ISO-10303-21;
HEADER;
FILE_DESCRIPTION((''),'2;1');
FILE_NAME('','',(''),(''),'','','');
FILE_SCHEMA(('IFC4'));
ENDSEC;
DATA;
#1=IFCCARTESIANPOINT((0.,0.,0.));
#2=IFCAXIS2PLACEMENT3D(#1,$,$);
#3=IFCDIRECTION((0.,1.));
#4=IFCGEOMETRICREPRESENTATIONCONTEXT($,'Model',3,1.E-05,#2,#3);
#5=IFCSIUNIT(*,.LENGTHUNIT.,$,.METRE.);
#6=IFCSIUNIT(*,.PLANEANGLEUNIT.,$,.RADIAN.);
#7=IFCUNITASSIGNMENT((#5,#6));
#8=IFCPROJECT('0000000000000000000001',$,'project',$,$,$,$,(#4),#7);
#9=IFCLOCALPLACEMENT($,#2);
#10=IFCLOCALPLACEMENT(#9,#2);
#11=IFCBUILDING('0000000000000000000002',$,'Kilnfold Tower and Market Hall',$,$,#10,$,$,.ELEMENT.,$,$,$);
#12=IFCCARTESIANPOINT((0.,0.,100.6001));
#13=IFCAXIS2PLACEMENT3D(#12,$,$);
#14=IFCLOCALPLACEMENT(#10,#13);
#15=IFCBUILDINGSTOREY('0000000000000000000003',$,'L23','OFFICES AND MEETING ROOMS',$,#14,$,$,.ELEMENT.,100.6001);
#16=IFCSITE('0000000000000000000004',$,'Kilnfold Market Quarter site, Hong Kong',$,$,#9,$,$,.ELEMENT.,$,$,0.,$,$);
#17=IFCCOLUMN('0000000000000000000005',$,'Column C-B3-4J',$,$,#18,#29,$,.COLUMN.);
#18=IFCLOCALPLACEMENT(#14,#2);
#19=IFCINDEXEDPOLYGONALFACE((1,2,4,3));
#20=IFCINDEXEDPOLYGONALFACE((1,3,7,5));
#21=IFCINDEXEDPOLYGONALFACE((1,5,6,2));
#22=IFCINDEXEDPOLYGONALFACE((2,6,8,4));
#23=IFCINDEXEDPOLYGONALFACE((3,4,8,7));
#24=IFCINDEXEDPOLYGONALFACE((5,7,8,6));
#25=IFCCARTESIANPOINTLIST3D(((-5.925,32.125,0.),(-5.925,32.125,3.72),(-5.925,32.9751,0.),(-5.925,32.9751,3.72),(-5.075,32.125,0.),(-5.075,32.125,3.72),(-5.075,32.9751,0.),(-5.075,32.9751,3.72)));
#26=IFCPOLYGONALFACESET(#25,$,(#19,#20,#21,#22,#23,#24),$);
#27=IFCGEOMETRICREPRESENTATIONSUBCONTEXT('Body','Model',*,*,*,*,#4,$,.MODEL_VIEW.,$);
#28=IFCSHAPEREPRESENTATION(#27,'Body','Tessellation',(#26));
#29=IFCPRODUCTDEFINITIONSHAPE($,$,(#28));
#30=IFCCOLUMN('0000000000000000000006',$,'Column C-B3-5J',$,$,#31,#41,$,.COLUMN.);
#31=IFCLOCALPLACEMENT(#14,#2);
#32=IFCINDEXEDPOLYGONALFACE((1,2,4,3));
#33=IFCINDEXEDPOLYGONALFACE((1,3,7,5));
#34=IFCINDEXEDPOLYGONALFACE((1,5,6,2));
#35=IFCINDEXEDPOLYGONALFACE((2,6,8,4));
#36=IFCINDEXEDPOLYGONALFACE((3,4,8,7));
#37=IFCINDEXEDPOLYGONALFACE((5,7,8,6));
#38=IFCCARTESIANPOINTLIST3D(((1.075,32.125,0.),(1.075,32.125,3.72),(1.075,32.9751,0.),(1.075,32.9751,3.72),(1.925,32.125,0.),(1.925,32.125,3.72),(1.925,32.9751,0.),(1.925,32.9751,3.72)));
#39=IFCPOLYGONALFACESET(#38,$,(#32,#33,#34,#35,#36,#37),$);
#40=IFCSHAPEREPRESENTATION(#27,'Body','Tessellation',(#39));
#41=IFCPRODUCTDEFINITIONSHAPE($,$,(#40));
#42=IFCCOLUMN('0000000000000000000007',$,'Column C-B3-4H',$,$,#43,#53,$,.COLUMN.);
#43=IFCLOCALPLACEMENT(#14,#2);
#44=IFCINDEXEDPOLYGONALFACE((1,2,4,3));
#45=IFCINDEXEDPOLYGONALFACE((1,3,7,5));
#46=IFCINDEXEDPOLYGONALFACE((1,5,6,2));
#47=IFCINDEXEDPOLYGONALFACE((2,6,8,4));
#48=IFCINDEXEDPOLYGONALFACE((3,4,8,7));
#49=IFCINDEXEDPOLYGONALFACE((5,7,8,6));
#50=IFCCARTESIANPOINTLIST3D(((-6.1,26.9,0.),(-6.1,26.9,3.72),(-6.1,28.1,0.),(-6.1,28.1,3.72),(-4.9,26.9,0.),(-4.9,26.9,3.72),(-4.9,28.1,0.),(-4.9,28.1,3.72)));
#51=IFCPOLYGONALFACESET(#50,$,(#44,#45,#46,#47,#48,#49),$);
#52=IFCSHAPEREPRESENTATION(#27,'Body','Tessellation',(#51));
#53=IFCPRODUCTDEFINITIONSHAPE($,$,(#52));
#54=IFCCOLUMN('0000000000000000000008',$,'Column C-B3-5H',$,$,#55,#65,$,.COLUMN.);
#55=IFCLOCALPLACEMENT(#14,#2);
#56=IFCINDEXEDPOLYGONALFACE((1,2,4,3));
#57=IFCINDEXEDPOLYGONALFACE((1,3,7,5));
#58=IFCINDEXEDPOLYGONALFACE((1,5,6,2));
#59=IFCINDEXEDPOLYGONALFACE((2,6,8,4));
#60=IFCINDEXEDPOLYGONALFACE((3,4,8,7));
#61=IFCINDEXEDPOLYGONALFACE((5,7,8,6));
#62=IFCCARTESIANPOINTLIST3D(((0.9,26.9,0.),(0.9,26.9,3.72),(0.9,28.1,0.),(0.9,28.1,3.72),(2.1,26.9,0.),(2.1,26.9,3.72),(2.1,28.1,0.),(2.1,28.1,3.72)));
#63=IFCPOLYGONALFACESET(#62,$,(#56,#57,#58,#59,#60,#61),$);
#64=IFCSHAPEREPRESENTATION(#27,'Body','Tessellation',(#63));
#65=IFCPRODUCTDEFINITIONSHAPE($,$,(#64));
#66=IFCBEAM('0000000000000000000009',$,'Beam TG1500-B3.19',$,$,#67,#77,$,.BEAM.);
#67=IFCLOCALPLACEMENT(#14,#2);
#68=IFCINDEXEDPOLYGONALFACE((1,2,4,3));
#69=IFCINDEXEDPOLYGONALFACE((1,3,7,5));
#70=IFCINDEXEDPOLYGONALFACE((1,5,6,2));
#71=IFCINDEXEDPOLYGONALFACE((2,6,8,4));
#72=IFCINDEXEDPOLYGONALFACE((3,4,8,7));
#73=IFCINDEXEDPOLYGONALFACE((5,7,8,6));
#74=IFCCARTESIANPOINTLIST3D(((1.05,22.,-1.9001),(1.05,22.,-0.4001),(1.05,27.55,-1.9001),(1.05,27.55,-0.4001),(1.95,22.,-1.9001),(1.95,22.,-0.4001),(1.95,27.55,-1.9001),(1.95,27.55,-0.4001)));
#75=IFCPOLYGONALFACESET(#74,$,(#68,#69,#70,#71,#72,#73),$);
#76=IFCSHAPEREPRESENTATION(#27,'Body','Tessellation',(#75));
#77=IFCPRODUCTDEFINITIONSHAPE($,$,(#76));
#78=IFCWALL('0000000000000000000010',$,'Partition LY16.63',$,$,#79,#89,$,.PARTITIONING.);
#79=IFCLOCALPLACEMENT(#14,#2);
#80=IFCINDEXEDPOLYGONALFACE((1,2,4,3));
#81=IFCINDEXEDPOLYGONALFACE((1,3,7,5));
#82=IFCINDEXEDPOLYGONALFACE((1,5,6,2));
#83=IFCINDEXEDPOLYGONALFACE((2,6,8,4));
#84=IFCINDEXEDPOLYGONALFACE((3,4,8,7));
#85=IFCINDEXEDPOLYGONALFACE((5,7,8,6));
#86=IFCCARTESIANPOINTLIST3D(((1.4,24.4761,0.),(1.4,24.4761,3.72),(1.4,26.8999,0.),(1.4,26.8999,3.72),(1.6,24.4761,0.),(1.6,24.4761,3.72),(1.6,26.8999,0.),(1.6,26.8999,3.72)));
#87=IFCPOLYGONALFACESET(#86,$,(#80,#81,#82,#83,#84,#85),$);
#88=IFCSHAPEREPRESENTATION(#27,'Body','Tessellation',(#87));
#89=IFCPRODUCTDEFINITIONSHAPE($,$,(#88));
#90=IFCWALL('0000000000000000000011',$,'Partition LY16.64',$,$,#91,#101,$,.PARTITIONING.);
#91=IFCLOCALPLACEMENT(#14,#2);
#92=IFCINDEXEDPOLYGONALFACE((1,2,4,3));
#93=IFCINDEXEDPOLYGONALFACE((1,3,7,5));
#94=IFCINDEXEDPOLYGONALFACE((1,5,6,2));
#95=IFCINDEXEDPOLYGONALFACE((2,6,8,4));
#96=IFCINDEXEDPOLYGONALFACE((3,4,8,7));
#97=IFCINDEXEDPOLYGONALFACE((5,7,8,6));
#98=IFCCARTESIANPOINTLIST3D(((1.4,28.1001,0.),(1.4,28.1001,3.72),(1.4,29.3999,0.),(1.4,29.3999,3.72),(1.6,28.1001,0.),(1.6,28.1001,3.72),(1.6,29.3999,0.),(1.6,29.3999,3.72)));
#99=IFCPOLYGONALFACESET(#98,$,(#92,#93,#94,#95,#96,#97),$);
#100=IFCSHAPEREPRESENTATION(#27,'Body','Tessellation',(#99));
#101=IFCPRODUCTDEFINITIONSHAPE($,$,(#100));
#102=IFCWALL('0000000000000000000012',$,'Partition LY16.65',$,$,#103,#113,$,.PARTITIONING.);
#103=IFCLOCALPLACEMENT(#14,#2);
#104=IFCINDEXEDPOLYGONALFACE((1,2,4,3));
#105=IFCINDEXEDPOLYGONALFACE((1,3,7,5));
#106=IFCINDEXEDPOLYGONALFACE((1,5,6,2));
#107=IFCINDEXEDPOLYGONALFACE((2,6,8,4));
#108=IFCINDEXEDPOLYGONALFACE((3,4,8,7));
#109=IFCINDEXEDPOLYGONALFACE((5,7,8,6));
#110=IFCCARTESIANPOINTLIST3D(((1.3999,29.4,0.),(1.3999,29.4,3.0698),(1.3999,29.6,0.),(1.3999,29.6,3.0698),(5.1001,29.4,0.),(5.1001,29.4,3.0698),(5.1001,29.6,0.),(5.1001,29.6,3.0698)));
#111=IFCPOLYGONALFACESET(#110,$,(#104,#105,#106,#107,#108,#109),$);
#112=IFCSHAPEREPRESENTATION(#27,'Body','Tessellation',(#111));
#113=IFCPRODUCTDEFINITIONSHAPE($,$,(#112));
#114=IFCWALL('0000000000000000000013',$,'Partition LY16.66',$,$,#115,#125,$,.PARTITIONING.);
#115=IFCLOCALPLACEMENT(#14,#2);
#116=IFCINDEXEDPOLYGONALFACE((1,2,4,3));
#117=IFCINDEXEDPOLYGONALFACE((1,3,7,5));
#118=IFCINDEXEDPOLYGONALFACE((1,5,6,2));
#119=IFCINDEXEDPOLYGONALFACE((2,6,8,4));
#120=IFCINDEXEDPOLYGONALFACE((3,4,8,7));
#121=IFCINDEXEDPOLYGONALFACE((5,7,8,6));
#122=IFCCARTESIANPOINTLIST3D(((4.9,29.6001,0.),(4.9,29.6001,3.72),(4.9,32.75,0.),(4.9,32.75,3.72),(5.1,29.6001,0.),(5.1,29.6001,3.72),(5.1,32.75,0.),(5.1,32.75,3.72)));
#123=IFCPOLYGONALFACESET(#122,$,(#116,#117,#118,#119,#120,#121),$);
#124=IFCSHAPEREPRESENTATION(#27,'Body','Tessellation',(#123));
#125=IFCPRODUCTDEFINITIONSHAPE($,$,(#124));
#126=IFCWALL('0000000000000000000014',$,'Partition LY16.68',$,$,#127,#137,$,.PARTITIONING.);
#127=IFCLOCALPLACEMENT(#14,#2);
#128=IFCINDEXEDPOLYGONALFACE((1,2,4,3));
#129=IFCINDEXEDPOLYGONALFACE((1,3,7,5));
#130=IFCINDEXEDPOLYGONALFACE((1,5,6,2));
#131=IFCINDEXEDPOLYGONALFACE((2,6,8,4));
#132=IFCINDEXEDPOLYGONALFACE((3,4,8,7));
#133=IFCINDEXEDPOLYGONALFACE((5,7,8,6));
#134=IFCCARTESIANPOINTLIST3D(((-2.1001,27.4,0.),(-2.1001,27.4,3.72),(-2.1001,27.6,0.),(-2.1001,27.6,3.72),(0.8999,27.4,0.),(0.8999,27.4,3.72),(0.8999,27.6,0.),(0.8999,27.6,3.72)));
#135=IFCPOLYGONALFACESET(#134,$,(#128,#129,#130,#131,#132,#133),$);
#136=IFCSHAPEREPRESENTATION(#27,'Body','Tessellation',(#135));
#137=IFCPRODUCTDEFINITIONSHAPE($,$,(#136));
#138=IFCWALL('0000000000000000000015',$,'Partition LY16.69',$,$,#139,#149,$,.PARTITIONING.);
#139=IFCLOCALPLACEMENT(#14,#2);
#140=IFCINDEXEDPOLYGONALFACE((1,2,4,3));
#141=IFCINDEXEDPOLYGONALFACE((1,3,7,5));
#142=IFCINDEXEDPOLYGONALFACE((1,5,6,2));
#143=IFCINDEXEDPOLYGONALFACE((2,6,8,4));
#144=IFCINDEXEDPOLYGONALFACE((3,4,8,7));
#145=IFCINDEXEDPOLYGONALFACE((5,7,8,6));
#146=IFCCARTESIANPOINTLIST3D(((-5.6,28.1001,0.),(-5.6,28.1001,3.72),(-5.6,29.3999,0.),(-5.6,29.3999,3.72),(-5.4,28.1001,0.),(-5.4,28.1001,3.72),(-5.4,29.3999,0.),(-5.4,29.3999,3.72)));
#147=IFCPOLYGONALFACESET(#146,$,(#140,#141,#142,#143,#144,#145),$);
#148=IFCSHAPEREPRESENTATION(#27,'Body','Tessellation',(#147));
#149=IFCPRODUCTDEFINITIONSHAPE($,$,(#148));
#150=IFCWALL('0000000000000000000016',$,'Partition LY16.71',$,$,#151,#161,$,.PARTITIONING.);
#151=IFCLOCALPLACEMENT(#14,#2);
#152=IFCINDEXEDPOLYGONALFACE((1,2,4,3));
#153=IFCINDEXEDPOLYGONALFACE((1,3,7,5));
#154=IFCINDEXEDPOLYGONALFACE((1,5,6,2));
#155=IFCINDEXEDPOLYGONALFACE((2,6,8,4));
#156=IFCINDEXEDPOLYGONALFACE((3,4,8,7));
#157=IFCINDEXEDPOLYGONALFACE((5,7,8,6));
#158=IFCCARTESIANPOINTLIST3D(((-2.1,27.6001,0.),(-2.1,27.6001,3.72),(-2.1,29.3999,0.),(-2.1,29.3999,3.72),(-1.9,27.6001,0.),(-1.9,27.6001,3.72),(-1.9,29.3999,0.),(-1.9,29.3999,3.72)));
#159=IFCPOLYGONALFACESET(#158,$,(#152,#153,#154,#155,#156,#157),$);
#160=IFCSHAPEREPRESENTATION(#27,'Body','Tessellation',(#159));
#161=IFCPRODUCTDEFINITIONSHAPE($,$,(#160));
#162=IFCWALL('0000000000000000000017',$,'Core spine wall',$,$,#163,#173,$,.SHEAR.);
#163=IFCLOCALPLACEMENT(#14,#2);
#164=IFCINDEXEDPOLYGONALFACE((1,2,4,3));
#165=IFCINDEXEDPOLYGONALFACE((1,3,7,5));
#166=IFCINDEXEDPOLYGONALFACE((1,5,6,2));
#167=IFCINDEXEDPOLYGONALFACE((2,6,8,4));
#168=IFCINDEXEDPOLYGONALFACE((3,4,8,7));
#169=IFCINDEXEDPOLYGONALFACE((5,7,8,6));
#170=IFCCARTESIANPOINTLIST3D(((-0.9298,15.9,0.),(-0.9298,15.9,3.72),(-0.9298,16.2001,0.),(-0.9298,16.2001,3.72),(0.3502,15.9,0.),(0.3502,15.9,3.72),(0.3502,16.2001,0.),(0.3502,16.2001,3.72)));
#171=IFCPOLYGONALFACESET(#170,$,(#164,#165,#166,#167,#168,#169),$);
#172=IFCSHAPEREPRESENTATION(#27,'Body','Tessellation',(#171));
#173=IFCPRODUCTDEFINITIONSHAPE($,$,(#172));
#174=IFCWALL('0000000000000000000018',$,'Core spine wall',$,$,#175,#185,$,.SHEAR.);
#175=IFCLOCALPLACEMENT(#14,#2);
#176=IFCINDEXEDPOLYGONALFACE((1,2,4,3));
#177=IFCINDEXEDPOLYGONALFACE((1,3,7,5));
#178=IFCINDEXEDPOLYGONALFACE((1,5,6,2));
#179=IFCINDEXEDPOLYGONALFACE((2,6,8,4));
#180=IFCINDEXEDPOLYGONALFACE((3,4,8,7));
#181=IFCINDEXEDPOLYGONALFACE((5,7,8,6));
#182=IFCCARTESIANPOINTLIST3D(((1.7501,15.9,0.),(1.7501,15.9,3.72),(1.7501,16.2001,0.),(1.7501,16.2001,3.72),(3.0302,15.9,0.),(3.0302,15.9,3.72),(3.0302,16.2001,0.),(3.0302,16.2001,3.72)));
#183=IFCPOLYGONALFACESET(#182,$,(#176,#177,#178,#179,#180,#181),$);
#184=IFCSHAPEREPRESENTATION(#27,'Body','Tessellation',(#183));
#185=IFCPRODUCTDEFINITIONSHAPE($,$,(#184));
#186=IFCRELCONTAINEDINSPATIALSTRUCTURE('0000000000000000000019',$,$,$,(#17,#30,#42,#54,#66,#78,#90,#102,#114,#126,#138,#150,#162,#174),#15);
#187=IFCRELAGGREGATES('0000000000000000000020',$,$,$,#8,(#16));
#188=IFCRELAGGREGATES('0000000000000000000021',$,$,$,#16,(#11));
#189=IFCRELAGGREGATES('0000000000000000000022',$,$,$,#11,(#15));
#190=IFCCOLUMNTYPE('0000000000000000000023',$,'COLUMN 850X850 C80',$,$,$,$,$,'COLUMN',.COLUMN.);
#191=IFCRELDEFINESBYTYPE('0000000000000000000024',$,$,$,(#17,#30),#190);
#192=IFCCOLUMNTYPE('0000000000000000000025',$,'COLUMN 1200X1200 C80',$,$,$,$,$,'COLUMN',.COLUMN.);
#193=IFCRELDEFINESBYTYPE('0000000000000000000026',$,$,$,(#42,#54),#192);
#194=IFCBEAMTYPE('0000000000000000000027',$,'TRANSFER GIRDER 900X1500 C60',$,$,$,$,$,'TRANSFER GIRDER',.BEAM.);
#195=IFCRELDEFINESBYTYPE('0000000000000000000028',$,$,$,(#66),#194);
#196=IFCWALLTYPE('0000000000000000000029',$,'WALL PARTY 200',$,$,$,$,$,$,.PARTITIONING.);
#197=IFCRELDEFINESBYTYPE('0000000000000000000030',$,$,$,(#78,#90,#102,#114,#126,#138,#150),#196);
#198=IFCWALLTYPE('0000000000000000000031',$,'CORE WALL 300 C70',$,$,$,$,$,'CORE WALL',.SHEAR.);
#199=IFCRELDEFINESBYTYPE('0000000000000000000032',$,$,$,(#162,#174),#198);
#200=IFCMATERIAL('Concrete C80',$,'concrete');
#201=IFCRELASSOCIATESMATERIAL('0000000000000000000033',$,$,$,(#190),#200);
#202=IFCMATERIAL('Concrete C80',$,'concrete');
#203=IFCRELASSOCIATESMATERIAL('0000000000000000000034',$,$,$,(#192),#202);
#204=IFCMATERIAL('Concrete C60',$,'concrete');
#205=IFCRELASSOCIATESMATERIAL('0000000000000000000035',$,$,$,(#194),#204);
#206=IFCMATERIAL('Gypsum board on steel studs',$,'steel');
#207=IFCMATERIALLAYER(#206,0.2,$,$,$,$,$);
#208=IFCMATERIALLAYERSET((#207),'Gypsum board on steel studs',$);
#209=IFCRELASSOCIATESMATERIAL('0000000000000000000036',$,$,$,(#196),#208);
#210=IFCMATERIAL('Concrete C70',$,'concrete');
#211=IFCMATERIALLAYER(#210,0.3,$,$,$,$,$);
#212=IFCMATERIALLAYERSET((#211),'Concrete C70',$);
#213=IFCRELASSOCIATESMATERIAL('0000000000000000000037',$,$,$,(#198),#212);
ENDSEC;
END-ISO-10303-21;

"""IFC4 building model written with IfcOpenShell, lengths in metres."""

from ifc_helpers import new_model, si_unit, direction, frame, frame_2d, origin, origin_2d, place, context, subcontext, project, spatial, rectangle, extrude, source, transform, mapped, material, layer, layer_set, material_profile, profile_set, type_object, element, save


model = new_model("IFC4")

# Units and contexts
model_context = context("Model", 3, precision=1e-05, world=origin(), true_north=direction((0.0, 1.0)))
body_context = subcontext(model_context, "Body", "Model", "MODEL_VIEW")
ifc_project = project(units=[si_unit("LENGTHUNIT", "METRE"), si_unit("PLANEANGLEUNIT", "RADIAN")], contexts=[model_context])

# Site, building, storey
site_placement = place(None, origin())
site = spatial("IfcSite", under=ifc_project, at=site_placement, Name="Kilnfold Market Quarter site, Hong Kong", CompositionType="ELEMENT", RefElevation=0.0)
building_placement = place(site_placement, origin())
building = spatial("IfcBuilding", under=site, at=building_placement, Name="Kilnfold Tower and Market Hall", CompositionType="ELEMENT")
storey_placement = place(building_placement, frame((0.0, 0.0, 100.6001)))
storey = spatial("IfcBuildingStorey", under=building, at=storey_placement, Name="L23", Description="OFFICES AND MEETING ROOMS", CompositionType="ELEMENT", Elevation=100.6001)

# Columns
ifc_material_1 = material(Name="Concrete C80", Category="concrete")
ifc_material_profile_1 = material_profile(ifc_material_1, rectangle(XDim=0.8501, YDim=0.8501, at=origin_2d()), Name="RC 850x850")
ifc_profile_set_1 = profile_set([ifc_material_profile_1], Name="Concrete C80")
column_type_1 = type_object("IfcColumnType", Name="COLUMN 850X850 C80", ElementType="COLUMN", PredefinedType="COLUMN", material=ifc_profile_set_1)
shared_shape_1 = source(origin(), body_context, "Body", "SweptSolid", [
    extrude(rectangle(XDim=0.8501, YDim=0.8501, at=origin_2d()), origin(), (0.0, 0.0, 1.0), 3.72),
])
for number, where, z_axis, x_axis, name in (
    (1, (-5.5, 32.55, 0.0), (0.0, 0.0, 1.0), (1.0, 0.0, 0.0), "Column C-B3-4J"),
    (2, (1.5, 32.55, 0.0), (0.0, 0.0, 1.0), (1.0, 0.0, 0.0), "Column C-B3-5J"),
):
    element("IfcColumn", number, at=place(storey_placement, frame(where, z_axis=z_axis, x_axis=x_axis)), inside=storey, type_object=column_type_1, Name=name, PredefinedType="COLUMN", context=body_context, shape_type="MappedRepresentation", body=[
        mapped(shared_shape_1, transform((0.0, 0.0, 0.0))),
    ])
ifc_material_2 = material(Name="Concrete C80", Category="concrete")
ifc_material_profile_2 = material_profile(ifc_material_2, rectangle(XDim=1.2, YDim=1.2, at=origin_2d()), Name="RC 1200x1200")
ifc_profile_set_2 = profile_set([ifc_material_profile_2], Name="Concrete C80")
column_type_2 = type_object("IfcColumnType", Name="COLUMN 1200X1200 C80", ElementType="COLUMN", PredefinedType="COLUMN", material=ifc_profile_set_2)
shared_shape_2 = source(origin(), body_context, "Body", "SweptSolid", [
    extrude(rectangle(XDim=1.2, YDim=1.2, at=origin_2d()), origin(), (0.0, 0.0, 1.0), 3.72),
])
for number, where, z_axis, x_axis, name in (
    (3, (-5.5, 27.5, 0.0), (0.0, 0.0, 1.0), (1.0, 0.0, 0.0), "Column C-B3-4H"),
    (4, (1.5, 27.5, 0.0), (0.0, 0.0, 1.0), (1.0, 0.0, 0.0), "Column C-B3-5H"),
):
    element("IfcColumn", number, at=place(storey_placement, frame(where, z_axis=z_axis, x_axis=x_axis)), inside=storey, type_object=column_type_2, Name=name, PredefinedType="COLUMN", context=body_context, shape_type="MappedRepresentation", body=[
        mapped(shared_shape_2, transform((0.0, 0.0, 0.0))),
    ])

# Beam
ifc_material_3 = material(Name="Concrete C60", Category="concrete")
ifc_material_profile_3 = material_profile(ifc_material_3, rectangle(XDim=0.8999, YDim=1.5, at=origin_2d()), Name="RC 900x1500")
ifc_profile_set_3 = profile_set([ifc_material_profile_3], Name="Concrete C60")
beam_type = type_object("IfcBeamType", Name="TRANSFER GIRDER 900X1500 C60", ElementType="TRANSFER GIRDER", PredefinedType="BEAM", material=ifc_profile_set_3)
shared_shape_3 = source(origin(), body_context, "Body", "SweptSolid", [
    extrude(rectangle(XDim=0.8999, YDim=1.5, at=origin_2d()), origin(), (0.0, 0.0, 1.0), 5.55),
])
beam_placement = place(storey_placement, frame((1.5, 22.0, -1.1501), z_axis=(0.0, 1.0, 0.0), x_axis=(-1.0, 0.0, 0.0)))
element("IfcBeam", 5, at=beam_placement, inside=storey, type_object=beam_type, Name="Beam TG1500-B3.19", PredefinedType="BEAM", context=body_context, shape_type="MappedRepresentation", body=[
    mapped(shared_shape_3, transform((0.0, 0.0, 0.0))),
])

# Walls
ifc_material_4 = material(Name="Gypsum board on steel studs", Category="steel")
ifc_layer_1 = layer(ifc_material_4, 0.2)
ifc_layer_set_1 = layer_set([ifc_layer_1], Name="Gypsum board on steel studs")
wall_type_1 = type_object("IfcWallType", Name="WALL PARTY 200", PredefinedType="PARTITIONING", material=ifc_layer_set_1)
wall_1_placement = place(storey_placement, frame((1.5, 24.4761, 0.0), z_axis=(0.0, 0.0, 1.0), x_axis=(0.0, 1.0, 0.0)))
element("IfcWall", 6, at=wall_1_placement, inside=storey, type_object=wall_type_1, Name="Partition LY16.63", PredefinedType="PARTITIONING", context=body_context, shape_type="SweptSolid", body=[
    extrude(rectangle(XDim=2.4238, YDim=0.2, at=frame_2d((1.2119, 0.0))), origin(), (0.0, 0.0, 1.0), 3.72),
])
wall_2_placement = place(storey_placement, frame((1.5, 28.1001, 0.0), z_axis=(0.0, 0.0, 1.0), x_axis=(0.0, 1.0, 0.0)))
element("IfcWall", 7, at=wall_2_placement, inside=storey, type_object=wall_type_1, Name="Partition LY16.64", PredefinedType="PARTITIONING", context=body_context, shape_type="SweptSolid", body=[
    extrude(rectangle(XDim=1.2998, YDim=0.2, at=frame_2d((0.6499, 0.0))), origin(), (0.0, 0.0, 1.0), 3.72),
])
wall_3_placement = place(storey_placement, frame((1.3999, 29.5, 0.0), z_axis=(0.0, 0.0, 1.0), x_axis=(1.0, 0.0, 0.0)))
element("IfcWall", 8, at=wall_3_placement, inside=storey, type_object=wall_type_1, Name="Partition LY16.65", PredefinedType="PARTITIONING", context=body_context, shape_type="SweptSolid", body=[
    extrude(rectangle(XDim=3.7002, YDim=0.2, at=frame_2d((1.8501, 0.0))), origin(), (0.0, 0.0, 1.0), 3.0698),
])
wall_4_placement = place(storey_placement, frame((5.0, 29.6001, 0.0), z_axis=(0.0, 0.0, 1.0), x_axis=(0.0, 1.0, 0.0)))
element("IfcWall", 9, at=wall_4_placement, inside=storey, type_object=wall_type_1, Name="Partition LY16.66", PredefinedType="PARTITIONING", context=body_context, shape_type="SweptSolid", body=[
    extrude(rectangle(XDim=3.1499, YDim=0.2, at=frame_2d((1.575, 0.0))), origin(), (0.0, 0.0, 1.0), 3.72),
])
wall_5_placement = place(storey_placement, frame((-2.1001, 27.5, 0.0), z_axis=(0.0, 0.0, 1.0), x_axis=(1.0, 0.0, 0.0)))
element("IfcWall", 10, at=wall_5_placement, inside=storey, type_object=wall_type_1, Name="Partition LY16.68", PredefinedType="PARTITIONING", context=body_context, shape_type="SweptSolid", body=[
    extrude(rectangle(XDim=3.0, YDim=0.2, at=frame_2d((1.5, 0.0))), origin(), (0.0, 0.0, 1.0), 3.72),
])
wall_6_placement = place(storey_placement, frame((-5.5, 28.1001, 0.0), z_axis=(0.0, 0.0, 1.0), x_axis=(0.0, 1.0, 0.0)))
element("IfcWall", 11, at=wall_6_placement, inside=storey, type_object=wall_type_1, Name="Partition LY16.69", PredefinedType="PARTITIONING", context=body_context, shape_type="SweptSolid", body=[
    extrude(rectangle(XDim=1.2998, YDim=0.2, at=frame_2d((0.6499, 0.0))), origin(), (0.0, 0.0, 1.0), 3.72),
])
wall_7_placement = place(storey_placement, frame((-2.0, 27.6001, 0.0), z_axis=(0.0, 0.0, 1.0), x_axis=(0.0, 1.0, 0.0)))
element("IfcWall", 12, at=wall_7_placement, inside=storey, type_object=wall_type_1, Name="Partition LY16.71", PredefinedType="PARTITIONING", context=body_context, shape_type="SweptSolid", body=[
    extrude(rectangle(XDim=1.7998, YDim=0.2, at=frame_2d((0.8999, 0.0))), origin(), (0.0, 0.0, 1.0), 3.72),
])
ifc_material_5 = material(Name="Concrete C70", Category="concrete")
ifc_layer_2 = layer(ifc_material_5, 0.3)
ifc_layer_set_2 = layer_set([ifc_layer_2], Name="Concrete C70")
wall_type_2 = type_object("IfcWallType", Name="CORE WALL 300 C70", ElementType="CORE WALL", PredefinedType="SHEAR", material=ifc_layer_set_2)
shared_shape_4 = source(origin(), body_context, "Body", "SweptSolid", [
    extrude(rectangle(XDim=1.28, YDim=0.3, at=frame_2d((0.6401, 0.0))), origin(), (0.0, 0.0, 1.0), 3.72),
])
for number, where, z_axis, x_axis, name in (
    (13, (-0.9299, 16.05, 0.0), (0.0, 0.0, 1.0), (1.0, 0.0, 0.0), "Core spine wall"),
    (14, (1.75, 16.05, 0.0), (0.0, 0.0, 1.0), (1.0, 0.0, 0.0), "Core spine wall"),
):
    element("IfcWall", number, at=place(storey_placement, frame(where, z_axis=z_axis, x_axis=x_axis)), inside=storey, type_object=wall_type_2, Name=name, PredefinedType="SHEAR", context=body_context, shape_type="MappedRepresentation", body=[
        mapped(shared_shape_4, transform((0.0, 0.0, 0.0))),
    ])

save(model, "model.ifc")
